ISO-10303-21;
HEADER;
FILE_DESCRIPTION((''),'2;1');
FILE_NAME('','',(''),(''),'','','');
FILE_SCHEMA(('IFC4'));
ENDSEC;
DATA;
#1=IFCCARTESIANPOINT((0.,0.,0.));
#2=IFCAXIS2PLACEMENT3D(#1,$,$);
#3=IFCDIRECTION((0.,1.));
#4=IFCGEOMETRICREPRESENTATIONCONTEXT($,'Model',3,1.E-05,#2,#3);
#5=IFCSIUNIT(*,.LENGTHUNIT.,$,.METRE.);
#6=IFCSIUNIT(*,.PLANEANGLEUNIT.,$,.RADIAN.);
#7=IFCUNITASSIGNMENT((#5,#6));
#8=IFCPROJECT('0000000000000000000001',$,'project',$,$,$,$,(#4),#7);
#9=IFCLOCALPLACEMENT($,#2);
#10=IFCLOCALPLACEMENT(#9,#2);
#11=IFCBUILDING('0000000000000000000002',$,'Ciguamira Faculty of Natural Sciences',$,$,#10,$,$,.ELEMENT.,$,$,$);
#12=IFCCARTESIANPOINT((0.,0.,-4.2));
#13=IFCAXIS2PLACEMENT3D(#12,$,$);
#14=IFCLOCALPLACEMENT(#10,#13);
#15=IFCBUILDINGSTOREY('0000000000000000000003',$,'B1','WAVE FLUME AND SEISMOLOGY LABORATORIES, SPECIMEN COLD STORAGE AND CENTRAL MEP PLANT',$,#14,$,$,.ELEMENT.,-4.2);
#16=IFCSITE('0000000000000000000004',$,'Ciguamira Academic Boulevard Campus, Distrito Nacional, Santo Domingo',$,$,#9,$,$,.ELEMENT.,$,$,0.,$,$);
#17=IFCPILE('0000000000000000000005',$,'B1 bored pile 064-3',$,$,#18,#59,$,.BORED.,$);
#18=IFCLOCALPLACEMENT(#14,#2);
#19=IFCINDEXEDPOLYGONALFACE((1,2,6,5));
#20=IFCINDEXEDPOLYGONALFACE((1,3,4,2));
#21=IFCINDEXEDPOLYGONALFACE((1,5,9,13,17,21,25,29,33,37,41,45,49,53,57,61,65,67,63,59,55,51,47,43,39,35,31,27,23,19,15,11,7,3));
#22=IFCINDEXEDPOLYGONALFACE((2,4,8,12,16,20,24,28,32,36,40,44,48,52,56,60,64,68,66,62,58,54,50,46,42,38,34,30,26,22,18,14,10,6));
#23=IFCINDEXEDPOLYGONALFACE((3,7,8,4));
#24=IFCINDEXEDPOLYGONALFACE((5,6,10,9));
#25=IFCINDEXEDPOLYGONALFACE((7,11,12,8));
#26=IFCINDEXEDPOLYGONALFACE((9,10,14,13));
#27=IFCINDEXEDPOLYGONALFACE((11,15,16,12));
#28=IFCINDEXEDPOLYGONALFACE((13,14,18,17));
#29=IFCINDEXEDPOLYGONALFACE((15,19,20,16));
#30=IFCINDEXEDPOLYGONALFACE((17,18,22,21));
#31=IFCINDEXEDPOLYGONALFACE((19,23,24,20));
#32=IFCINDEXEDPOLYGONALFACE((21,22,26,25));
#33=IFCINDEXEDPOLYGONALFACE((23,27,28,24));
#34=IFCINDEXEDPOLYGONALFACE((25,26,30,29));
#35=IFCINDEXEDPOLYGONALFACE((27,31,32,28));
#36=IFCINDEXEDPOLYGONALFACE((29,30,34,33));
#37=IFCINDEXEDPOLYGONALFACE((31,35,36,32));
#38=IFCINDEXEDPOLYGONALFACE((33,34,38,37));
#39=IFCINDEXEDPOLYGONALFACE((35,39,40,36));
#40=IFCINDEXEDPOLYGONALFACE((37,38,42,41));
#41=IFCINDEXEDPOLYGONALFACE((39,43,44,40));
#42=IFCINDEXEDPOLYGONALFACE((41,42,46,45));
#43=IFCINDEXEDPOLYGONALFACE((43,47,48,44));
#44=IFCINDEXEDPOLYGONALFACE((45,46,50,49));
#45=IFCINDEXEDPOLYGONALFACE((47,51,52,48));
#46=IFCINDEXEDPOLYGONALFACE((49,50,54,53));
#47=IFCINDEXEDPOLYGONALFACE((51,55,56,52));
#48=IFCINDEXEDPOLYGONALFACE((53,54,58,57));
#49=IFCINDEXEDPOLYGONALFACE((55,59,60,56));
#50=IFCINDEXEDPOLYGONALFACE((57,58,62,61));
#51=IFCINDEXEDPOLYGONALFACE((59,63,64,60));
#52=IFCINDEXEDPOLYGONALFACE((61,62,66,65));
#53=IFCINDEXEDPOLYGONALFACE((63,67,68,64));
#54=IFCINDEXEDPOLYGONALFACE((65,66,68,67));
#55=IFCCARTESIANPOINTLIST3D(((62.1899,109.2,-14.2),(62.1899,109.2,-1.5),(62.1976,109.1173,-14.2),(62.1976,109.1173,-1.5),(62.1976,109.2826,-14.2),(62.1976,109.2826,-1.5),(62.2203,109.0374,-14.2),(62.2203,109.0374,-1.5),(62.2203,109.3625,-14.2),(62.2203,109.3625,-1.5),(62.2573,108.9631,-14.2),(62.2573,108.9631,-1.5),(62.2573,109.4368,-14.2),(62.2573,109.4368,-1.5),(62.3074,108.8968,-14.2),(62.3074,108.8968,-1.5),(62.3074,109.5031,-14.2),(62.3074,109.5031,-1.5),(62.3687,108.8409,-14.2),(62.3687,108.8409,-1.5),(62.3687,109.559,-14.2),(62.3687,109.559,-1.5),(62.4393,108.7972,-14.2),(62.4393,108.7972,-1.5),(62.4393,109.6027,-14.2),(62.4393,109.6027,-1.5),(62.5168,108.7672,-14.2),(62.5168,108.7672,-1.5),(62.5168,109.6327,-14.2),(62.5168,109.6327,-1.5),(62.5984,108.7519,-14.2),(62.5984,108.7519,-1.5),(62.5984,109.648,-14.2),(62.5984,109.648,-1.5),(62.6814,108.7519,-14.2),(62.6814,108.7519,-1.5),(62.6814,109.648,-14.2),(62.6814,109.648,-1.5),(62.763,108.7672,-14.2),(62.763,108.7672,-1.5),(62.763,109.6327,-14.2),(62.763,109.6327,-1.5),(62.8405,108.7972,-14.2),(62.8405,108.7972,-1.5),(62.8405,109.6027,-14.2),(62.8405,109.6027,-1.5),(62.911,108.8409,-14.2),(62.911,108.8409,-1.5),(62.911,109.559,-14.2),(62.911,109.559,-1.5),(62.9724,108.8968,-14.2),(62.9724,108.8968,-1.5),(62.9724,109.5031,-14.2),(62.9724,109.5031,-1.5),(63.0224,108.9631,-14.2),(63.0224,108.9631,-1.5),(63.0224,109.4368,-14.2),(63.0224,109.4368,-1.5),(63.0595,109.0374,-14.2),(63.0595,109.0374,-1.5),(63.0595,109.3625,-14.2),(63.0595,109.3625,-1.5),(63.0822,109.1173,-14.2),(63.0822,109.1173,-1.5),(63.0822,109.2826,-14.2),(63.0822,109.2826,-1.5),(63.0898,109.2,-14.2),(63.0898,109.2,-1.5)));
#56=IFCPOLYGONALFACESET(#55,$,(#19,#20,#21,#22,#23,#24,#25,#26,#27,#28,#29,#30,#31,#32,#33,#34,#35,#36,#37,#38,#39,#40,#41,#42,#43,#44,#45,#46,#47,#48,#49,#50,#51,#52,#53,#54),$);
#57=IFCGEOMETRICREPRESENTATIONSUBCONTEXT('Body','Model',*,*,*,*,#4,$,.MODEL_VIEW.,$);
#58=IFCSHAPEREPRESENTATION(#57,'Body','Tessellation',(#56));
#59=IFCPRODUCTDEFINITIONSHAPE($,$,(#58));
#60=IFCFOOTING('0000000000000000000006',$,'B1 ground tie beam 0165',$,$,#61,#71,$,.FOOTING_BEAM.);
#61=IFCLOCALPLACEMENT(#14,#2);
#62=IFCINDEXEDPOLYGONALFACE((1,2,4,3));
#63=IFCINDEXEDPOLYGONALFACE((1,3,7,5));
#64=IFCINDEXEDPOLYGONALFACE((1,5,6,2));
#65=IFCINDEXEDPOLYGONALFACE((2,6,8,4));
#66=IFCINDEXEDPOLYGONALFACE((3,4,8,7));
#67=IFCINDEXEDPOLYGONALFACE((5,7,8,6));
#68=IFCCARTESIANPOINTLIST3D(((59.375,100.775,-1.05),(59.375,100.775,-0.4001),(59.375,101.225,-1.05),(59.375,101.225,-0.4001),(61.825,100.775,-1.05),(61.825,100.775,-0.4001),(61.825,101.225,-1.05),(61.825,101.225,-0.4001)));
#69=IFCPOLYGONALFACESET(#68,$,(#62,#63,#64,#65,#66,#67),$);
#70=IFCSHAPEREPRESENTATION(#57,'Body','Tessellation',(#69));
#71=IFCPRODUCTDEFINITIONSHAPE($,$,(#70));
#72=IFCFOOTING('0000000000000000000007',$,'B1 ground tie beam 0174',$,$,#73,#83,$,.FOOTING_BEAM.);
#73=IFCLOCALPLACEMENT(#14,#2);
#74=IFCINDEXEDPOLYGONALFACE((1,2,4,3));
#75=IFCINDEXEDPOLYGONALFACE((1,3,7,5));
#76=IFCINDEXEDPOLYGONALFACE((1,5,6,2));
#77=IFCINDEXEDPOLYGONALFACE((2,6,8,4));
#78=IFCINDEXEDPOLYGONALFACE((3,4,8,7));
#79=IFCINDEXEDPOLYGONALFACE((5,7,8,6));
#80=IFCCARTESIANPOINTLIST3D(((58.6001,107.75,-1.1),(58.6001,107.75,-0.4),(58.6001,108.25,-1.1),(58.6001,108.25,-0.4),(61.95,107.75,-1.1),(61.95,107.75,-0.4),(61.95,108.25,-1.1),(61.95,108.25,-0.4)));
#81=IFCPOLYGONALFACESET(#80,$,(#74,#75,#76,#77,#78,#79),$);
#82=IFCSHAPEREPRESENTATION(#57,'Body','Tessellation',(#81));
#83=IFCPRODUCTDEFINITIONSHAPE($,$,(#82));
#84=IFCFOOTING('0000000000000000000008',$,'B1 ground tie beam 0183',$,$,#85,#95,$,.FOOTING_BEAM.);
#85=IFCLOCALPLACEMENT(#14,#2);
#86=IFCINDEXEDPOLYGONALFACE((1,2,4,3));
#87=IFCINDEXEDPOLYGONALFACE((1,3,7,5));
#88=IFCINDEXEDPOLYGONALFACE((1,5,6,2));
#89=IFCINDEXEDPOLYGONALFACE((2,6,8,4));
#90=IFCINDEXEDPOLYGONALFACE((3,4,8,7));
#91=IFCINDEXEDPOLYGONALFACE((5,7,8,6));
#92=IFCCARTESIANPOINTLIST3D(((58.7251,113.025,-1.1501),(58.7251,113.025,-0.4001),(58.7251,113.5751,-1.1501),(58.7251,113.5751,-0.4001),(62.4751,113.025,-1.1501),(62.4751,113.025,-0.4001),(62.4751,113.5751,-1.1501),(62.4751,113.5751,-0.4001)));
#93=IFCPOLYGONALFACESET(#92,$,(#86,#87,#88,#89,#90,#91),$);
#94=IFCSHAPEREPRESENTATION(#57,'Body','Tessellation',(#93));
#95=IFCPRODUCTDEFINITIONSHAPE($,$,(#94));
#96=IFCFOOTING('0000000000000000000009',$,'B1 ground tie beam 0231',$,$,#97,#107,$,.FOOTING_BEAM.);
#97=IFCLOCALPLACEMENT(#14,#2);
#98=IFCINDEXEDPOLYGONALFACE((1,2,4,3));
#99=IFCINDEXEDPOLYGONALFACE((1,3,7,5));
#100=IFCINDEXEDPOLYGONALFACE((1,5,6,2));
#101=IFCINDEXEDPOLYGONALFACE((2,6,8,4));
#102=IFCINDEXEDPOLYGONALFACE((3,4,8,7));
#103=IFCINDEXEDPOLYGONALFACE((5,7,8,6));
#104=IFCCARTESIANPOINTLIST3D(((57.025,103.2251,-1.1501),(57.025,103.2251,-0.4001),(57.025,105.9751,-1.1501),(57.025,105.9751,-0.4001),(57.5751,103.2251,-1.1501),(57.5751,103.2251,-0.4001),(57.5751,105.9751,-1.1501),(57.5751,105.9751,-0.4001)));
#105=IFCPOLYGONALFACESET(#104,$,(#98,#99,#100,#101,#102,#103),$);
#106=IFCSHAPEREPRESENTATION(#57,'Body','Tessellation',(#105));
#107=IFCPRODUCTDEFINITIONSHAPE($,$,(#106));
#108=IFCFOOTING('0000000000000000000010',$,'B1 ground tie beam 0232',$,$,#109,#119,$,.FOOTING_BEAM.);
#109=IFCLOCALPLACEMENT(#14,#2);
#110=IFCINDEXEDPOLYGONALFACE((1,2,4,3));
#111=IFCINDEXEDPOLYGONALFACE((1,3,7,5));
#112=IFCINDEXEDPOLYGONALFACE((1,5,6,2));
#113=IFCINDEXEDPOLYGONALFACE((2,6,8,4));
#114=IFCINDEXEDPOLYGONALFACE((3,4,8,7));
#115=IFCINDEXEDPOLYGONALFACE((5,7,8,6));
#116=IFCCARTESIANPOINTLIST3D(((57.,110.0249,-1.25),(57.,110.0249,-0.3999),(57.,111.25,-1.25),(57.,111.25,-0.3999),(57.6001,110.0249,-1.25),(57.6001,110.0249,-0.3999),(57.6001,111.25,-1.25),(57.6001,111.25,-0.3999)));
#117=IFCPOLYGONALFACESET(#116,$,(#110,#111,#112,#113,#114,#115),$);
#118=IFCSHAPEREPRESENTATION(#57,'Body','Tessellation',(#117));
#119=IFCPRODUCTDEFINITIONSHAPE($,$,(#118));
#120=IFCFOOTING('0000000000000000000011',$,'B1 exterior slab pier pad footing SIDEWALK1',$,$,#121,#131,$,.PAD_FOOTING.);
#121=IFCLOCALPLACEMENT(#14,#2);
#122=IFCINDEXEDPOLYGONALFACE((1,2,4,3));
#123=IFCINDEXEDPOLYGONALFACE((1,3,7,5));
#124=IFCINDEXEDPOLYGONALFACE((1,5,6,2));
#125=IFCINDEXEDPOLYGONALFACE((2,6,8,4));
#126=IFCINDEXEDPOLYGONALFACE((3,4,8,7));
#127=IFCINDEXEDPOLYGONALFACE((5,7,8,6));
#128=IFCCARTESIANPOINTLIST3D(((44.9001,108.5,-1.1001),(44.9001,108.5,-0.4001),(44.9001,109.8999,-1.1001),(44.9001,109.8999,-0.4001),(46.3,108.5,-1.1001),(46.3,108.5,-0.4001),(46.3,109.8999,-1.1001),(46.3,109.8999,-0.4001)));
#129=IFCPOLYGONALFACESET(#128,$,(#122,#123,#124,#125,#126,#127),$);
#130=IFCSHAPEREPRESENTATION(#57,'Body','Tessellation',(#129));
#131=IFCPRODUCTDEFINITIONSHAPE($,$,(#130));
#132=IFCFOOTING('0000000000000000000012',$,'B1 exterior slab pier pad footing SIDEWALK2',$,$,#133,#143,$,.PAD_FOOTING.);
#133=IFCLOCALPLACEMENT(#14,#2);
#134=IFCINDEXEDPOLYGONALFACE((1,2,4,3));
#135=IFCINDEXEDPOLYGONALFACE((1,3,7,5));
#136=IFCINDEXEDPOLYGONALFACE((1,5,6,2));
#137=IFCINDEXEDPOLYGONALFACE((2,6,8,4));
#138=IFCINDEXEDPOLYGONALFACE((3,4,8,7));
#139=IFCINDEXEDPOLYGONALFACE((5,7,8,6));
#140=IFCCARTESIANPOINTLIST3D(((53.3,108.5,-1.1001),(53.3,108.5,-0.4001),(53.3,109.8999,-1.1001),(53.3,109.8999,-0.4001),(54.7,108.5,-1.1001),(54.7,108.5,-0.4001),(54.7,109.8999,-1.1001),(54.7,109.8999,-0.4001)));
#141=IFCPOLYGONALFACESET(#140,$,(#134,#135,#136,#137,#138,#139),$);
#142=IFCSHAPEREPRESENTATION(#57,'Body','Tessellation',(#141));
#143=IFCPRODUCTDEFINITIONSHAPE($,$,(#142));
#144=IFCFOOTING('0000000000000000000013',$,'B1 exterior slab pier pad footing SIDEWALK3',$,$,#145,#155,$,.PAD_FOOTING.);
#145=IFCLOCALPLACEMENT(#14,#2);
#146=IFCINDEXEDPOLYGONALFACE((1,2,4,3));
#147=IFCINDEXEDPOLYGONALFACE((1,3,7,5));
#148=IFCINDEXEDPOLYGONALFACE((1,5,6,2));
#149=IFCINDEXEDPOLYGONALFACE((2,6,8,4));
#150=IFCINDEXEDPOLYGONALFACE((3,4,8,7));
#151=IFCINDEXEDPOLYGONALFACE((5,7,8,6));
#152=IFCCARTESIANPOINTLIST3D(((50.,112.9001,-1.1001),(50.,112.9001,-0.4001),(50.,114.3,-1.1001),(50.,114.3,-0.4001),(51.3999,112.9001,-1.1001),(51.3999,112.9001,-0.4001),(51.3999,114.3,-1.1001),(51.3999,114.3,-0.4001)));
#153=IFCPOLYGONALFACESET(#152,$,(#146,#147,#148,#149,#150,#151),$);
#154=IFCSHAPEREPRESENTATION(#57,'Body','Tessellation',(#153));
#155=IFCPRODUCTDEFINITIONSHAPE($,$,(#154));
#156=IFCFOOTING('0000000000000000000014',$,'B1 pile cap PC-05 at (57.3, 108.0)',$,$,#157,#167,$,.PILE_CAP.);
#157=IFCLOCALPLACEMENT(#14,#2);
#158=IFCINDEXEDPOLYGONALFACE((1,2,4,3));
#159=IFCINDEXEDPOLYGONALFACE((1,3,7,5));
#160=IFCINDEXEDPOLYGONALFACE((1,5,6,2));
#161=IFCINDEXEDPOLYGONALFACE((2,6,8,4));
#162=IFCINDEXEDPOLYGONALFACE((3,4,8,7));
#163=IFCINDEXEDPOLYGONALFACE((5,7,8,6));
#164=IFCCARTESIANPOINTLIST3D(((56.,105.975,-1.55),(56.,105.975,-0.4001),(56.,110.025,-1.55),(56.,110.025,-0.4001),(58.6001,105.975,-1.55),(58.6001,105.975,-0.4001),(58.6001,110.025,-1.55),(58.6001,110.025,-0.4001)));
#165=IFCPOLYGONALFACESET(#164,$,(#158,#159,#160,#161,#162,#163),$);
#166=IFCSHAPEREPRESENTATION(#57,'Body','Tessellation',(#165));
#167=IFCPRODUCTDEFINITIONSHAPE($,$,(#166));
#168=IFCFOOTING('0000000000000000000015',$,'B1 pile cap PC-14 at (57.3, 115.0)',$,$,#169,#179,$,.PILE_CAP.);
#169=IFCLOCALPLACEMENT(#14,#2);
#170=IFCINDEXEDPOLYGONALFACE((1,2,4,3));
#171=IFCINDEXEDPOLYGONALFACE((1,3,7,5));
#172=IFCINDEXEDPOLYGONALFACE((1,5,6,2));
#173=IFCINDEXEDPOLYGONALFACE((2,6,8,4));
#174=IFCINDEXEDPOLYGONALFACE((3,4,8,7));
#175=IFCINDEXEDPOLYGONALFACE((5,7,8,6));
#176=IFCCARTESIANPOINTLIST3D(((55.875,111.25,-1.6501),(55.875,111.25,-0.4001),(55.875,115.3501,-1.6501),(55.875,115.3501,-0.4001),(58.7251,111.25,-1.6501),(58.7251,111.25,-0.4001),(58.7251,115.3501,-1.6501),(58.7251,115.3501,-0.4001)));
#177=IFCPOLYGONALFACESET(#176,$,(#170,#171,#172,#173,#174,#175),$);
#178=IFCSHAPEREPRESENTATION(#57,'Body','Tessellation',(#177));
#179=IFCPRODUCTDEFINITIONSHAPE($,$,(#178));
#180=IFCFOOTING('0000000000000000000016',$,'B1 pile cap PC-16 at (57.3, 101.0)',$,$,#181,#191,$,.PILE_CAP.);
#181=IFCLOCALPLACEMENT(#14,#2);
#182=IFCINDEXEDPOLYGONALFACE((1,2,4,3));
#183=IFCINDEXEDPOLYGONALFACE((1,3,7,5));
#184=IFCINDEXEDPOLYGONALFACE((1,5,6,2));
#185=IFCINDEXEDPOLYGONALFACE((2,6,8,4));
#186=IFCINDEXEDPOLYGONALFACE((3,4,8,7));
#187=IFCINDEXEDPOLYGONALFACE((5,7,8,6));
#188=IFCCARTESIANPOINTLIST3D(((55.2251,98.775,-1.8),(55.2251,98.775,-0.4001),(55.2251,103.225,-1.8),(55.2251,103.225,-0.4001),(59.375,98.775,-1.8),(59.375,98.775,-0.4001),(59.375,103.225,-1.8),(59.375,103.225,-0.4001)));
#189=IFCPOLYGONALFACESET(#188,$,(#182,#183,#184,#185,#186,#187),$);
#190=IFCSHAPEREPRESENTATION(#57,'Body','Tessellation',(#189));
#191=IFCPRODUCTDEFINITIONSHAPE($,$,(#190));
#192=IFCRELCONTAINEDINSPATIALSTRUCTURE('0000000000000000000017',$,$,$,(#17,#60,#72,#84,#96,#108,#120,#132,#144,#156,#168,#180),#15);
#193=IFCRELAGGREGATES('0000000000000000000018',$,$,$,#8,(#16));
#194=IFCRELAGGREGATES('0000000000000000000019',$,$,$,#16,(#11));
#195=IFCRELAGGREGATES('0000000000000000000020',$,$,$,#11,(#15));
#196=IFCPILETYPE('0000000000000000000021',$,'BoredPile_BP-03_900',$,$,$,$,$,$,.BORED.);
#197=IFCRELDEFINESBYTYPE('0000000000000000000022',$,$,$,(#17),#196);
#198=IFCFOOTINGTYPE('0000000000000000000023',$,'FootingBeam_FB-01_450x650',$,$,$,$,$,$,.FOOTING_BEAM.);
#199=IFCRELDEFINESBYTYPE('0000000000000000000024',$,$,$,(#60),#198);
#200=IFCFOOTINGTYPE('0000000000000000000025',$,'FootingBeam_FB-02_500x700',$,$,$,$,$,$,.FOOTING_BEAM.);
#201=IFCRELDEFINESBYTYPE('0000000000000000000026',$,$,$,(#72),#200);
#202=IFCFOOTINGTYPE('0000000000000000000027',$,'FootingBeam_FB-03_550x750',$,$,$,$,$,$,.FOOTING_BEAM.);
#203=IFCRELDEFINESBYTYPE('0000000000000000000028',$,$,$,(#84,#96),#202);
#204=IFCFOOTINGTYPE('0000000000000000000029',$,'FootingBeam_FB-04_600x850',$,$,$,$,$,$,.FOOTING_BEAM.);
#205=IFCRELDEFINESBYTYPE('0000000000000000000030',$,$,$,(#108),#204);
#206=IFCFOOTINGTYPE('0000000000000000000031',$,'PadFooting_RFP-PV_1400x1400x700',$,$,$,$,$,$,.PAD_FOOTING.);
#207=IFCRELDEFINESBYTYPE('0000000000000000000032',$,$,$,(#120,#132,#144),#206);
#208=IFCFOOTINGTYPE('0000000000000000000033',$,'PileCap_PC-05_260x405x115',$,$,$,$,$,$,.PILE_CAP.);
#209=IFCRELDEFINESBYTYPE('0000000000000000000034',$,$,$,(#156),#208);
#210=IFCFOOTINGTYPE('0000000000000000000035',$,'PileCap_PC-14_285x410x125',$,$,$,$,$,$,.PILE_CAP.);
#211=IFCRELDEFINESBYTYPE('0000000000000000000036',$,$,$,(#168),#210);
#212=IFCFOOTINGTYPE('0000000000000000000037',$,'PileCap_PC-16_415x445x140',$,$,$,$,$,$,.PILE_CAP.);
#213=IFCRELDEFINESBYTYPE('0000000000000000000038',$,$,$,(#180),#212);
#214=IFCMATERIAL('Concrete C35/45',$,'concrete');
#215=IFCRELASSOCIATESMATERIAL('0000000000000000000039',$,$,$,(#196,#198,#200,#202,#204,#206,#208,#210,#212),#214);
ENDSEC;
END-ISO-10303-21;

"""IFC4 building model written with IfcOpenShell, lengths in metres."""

from ifc_helpers import new_model, si_unit, direction, frame, origin, origin_2d, place, context, subcontext, project, spatial, rectangle, circle, extrude, material, material_profile, profile_set, type_object, element, save


model = new_model("IFC4")

# Units and contexts
model_context = context("Model", 3, precision=1e-05, world=origin(), true_north=direction((0.0, 1.0)))
body_context = subcontext(model_context, "Body", "Model", "MODEL_VIEW")
ifc_project = project(units=[si_unit("LENGTHUNIT", "METRE"), si_unit("PLANEANGLEUNIT", "RADIAN")], contexts=[model_context])

# Site, building, storey
site_placement = place(None, origin())
site = spatial("IfcSite", under=ifc_project, at=site_placement, Name="Ciguamira Academic Boulevard Campus, Distrito Nacional, Santo Domingo", CompositionType="ELEMENT", RefElevation=0.0)
building_placement = place(site_placement, origin())
building = spatial("IfcBuilding", under=site, at=building_placement, Name="Ciguamira Faculty of Natural Sciences", CompositionType="ELEMENT")
storey_placement = place(building_placement, frame((0.0, 0.0, -4.2)))
storey = spatial("IfcBuildingStorey", under=building, at=storey_placement, Name="B1", Description="WAVE FLUME AND SEISMOLOGY LABORATORIES, SPECIMEN COLD STORAGE AND CENTRAL MEP PLANT", CompositionType="ELEMENT", Elevation=-4.2)

# Pile
ifc_material_1 = material(Name="Concrete C35/45", Category="concrete")
ifc_material_profile_1 = material_profile(ifc_material_1, circle(Radius=0.45, at=origin_2d()), Name="PILE-BORED-900")
ifc_profile_set_1 = profile_set([ifc_material_profile_1], Name="Concrete C35/45")
pile_type = type_object("IfcPileType", Name="BoredPile_BP-03_900", PredefinedType="BORED", material=ifc_profile_set_1)
for number, where, z_axis, x_axis, name in (
    (1, (62.6399, 109.2, -1.5), (0.0, 0.0, -1.0), (1.0, 0.0, 0.0), "B1 bored pile 064-3"),
):
    element("IfcPile", number, at=place(storey_placement, frame(where, z_axis=z_axis, x_axis=x_axis)), inside=storey, type_object=pile_type, Name=name, PredefinedType="BORED", context=body_context, shape_type="SweptSolid", body=[
        extrude(circle(Radius=0.45, at=origin_2d()), origin(), (0.0, 0.0, 1.0), 12.7),
    ])

# Footings
ifc_material_profile_2 = material_profile(ifc_material_1, rectangle(XDim=0.45, YDim=0.6499, at=origin_2d()), Name="RC-FB-450X650")
ifc_profile_set_2 = profile_set([ifc_material_profile_2], Name="Concrete C35/45")
footing_type_1 = type_object("IfcFootingType", Name="FootingBeam_FB-01_450x650", PredefinedType="FOOTING_BEAM", material=ifc_profile_set_2)
footing_1_placement = place(storey_placement, frame((59.375, 101.0, -0.7251), z_axis=(1.0, 0.0, 0.0), x_axis=(0.0, 1.0, 0.0)))
element("IfcFooting", 2, at=footing_1_placement, inside=storey, type_object=footing_type_1, Name="B1 ground tie beam 0165", PredefinedType="FOOTING_BEAM", context=body_context, shape_type="SweptSolid", body=[
    extrude(rectangle(XDim=0.45, YDim=0.6499, at=origin_2d()), origin(), (0.0, 0.0, 1.0), 2.45),
])
ifc_material_profile_3 = material_profile(ifc_material_1, rectangle(XDim=0.5, YDim=0.7, at=origin_2d()), Name="RC-FB-500X700")
ifc_profile_set_3 = profile_set([ifc_material_profile_3], Name="Concrete C35/45")
footing_type_2 = type_object("IfcFootingType", Name="FootingBeam_FB-02_500x700", PredefinedType="FOOTING_BEAM", material=ifc_profile_set_3)
footing_2_placement = place(storey_placement, frame((58.6001, 108.0, -0.75), z_axis=(1.0, 0.0, 0.0), x_axis=(0.0, 1.0, 0.0)))
element("IfcFooting", 3, at=footing_2_placement, inside=storey, type_object=footing_type_2, Name="B1 ground tie beam 0174", PredefinedType="FOOTING_BEAM", context=body_context, shape_type="SweptSolid", body=[
    extrude(rectangle(XDim=0.5, YDim=0.7, at=origin_2d()), origin(), (0.0, 0.0, 1.0), 3.3499),
])
ifc_material_profile_4 = material_profile(ifc_material_1, rectangle(XDim=0.55, YDim=0.75, at=origin_2d()), Name="RC-FB-550X750")
ifc_profile_set_4 = profile_set([ifc_material_profile_4], Name="Concrete C35/45")
footing_type_3 = type_object("IfcFootingType", Name="FootingBeam_FB-03_550x750", PredefinedType="FOOTING_BEAM", material=ifc_profile_set_4)
footing_3_placement = place(storey_placement, frame((58.7251, 113.3, -0.7751), z_axis=(1.0, 0.0, 0.0), x_axis=(0.0, 1.0, 0.0)))
element("IfcFooting", 4, at=footing_3_placement, inside=storey, type_object=footing_type_3, Name="B1 ground tie beam 0183", PredefinedType="FOOTING_BEAM", context=body_context, shape_type="SweptSolid", body=[
    extrude(rectangle(XDim=0.55, YDim=0.75, at=origin_2d()), origin(), (0.0, 0.0, 1.0), 3.75),
])
footing_4_placement = place(storey_placement, frame((57.3, 103.2251, -0.7751), z_axis=(0.0, 1.0, 0.0), x_axis=(-1.0, 0.0, 0.0)))
element("IfcFooting", 5, at=footing_4_placement, inside=storey, type_object=footing_type_3, Name="B1 ground tie beam 0231", PredefinedType="FOOTING_BEAM", context=body_context, shape_type="SweptSolid", body=[
    extrude(rectangle(XDim=0.55, YDim=0.75, at=origin_2d()), origin(), (0.0, 0.0, 1.0), 2.75),
])
ifc_material_profile_5 = material_profile(ifc_material_1, rectangle(XDim=0.6001, YDim=0.8501, at=origin_2d()), Name="RC-FB-600X850")
ifc_profile_set_5 = profile_set([ifc_material_profile_5], Name="Concrete C35/45")
footing_type_4 = type_object("IfcFootingType", Name="FootingBeam_FB-04_600x850", PredefinedType="FOOTING_BEAM", material=ifc_profile_set_5)
footing_5_placement = place(storey_placement, frame((57.3, 110.0249, -0.825), z_axis=(0.0, 1.0, 0.0), x_axis=(-1.0, 0.0, 0.0)))
element("IfcFooting", 6, at=footing_5_placement, inside=storey, type_object=footing_type_4, Name="B1 ground tie beam 0232", PredefinedType="FOOTING_BEAM", context=body_context, shape_type="SweptSolid", body=[
    extrude(rectangle(XDim=0.6001, YDim=0.8501, at=origin_2d()), origin(), (0.0, 0.0, 1.0), 1.2251),
])
footing_type_5 = type_object("IfcFootingType", Name="PadFooting_RFP-PV_1400x1400x700", PredefinedType="PAD_FOOTING", material=ifc_material_1)
for number, where, z_axis, x_axis, name in (
    (7, (45.6001, 109.2, -1.1001), (0.0, 0.0, 1.0), (1.0, 0.0, 0.0), "B1 exterior slab pier pad footing SIDEWALK1"),
    (8, (54.0, 109.2, -1.1001), (0.0, 0.0, 1.0), (1.0, 0.0, 0.0), "B1 exterior slab pier pad footing SIDEWALK2"),
    (9, (50.7, 113.6001, -1.1001), (0.0, 0.0, 1.0), (1.0, 0.0, 0.0), "B1 exterior slab pier pad footing SIDEWALK3"),
):
    element("IfcFooting", number, at=place(storey_placement, frame(where, z_axis=z_axis, x_axis=x_axis)), inside=storey, type_object=footing_type_5, Name=name, PredefinedType="PAD_FOOTING", context=body_context, shape_type="SweptSolid", body=[
        extrude(rectangle(XDim=1.3999, YDim=1.3999, at=origin_2d()), origin(), (0.0, 0.0, 1.0), 0.7),
    ])
footing_type_6 = type_object("IfcFootingType", Name="PileCap_PC-05_260x405x115", PredefinedType="PILE_CAP", material=ifc_material_1)
footing_6_placement = place(storey_placement, frame((57.3, 108.0, -1.55), z_axis=(0.0, 0.0, 1.0), x_axis=(1.0, 0.0, 0.0)))
element("IfcFooting", 10, at=footing_6_placement, inside=storey, type_object=footing_type_6, Name="B1 pile cap PC-05 at (57.3, 108.0)", PredefinedType="PILE_CAP", context=body_context, shape_type="SweptSolid", body=[
    extrude(rectangle(XDim=2.6001, YDim=4.05, at=origin_2d()), origin(), (0.0, 0.0, 1.0), 1.1499),
])
footing_type_7 = type_object("IfcFootingType", Name="PileCap_PC-14_285x410x125", PredefinedType="PILE_CAP", material=ifc_material_1)
footing_7_placement = place(storey_placement, frame((57.3, 113.3, -1.6501), z_axis=(0.0, 0.0, 1.0), x_axis=(1.0, 0.0, 0.0)))
element("IfcFooting", 11, at=footing_7_placement, inside=storey, type_object=footing_type_7, Name="B1 pile cap PC-14 at (57.3, 115.0)", PredefinedType="PILE_CAP", context=body_context, shape_type="SweptSolid", body=[
    extrude(rectangle(XDim=2.8501, YDim=4.1001, at=origin_2d()), origin(), (0.0, 0.0, 1.0), 1.25),
])
footing_type_8 = type_object("IfcFootingType", Name="PileCap_PC-16_415x445x140", PredefinedType="PILE_CAP", material=ifc_material_1)
footing_8_placement = place(storey_placement, frame((57.3, 101.0, -1.8), z_axis=(0.0, 0.0, 1.0), x_axis=(1.0, 0.0, 0.0)))
element("IfcFooting", 12, at=footing_8_placement, inside=storey, type_object=footing_type_8, Name="B1 pile cap PC-16 at (57.3, 101.0)", PredefinedType="PILE_CAP", context=body_context, shape_type="SweptSolid", body=[
    extrude(rectangle(XDim=4.1499, YDim=4.45, at=origin_2d()), origin(), (0.0, 0.0, 1.0), 1.3999),
])

save(model, "model.ifc")
